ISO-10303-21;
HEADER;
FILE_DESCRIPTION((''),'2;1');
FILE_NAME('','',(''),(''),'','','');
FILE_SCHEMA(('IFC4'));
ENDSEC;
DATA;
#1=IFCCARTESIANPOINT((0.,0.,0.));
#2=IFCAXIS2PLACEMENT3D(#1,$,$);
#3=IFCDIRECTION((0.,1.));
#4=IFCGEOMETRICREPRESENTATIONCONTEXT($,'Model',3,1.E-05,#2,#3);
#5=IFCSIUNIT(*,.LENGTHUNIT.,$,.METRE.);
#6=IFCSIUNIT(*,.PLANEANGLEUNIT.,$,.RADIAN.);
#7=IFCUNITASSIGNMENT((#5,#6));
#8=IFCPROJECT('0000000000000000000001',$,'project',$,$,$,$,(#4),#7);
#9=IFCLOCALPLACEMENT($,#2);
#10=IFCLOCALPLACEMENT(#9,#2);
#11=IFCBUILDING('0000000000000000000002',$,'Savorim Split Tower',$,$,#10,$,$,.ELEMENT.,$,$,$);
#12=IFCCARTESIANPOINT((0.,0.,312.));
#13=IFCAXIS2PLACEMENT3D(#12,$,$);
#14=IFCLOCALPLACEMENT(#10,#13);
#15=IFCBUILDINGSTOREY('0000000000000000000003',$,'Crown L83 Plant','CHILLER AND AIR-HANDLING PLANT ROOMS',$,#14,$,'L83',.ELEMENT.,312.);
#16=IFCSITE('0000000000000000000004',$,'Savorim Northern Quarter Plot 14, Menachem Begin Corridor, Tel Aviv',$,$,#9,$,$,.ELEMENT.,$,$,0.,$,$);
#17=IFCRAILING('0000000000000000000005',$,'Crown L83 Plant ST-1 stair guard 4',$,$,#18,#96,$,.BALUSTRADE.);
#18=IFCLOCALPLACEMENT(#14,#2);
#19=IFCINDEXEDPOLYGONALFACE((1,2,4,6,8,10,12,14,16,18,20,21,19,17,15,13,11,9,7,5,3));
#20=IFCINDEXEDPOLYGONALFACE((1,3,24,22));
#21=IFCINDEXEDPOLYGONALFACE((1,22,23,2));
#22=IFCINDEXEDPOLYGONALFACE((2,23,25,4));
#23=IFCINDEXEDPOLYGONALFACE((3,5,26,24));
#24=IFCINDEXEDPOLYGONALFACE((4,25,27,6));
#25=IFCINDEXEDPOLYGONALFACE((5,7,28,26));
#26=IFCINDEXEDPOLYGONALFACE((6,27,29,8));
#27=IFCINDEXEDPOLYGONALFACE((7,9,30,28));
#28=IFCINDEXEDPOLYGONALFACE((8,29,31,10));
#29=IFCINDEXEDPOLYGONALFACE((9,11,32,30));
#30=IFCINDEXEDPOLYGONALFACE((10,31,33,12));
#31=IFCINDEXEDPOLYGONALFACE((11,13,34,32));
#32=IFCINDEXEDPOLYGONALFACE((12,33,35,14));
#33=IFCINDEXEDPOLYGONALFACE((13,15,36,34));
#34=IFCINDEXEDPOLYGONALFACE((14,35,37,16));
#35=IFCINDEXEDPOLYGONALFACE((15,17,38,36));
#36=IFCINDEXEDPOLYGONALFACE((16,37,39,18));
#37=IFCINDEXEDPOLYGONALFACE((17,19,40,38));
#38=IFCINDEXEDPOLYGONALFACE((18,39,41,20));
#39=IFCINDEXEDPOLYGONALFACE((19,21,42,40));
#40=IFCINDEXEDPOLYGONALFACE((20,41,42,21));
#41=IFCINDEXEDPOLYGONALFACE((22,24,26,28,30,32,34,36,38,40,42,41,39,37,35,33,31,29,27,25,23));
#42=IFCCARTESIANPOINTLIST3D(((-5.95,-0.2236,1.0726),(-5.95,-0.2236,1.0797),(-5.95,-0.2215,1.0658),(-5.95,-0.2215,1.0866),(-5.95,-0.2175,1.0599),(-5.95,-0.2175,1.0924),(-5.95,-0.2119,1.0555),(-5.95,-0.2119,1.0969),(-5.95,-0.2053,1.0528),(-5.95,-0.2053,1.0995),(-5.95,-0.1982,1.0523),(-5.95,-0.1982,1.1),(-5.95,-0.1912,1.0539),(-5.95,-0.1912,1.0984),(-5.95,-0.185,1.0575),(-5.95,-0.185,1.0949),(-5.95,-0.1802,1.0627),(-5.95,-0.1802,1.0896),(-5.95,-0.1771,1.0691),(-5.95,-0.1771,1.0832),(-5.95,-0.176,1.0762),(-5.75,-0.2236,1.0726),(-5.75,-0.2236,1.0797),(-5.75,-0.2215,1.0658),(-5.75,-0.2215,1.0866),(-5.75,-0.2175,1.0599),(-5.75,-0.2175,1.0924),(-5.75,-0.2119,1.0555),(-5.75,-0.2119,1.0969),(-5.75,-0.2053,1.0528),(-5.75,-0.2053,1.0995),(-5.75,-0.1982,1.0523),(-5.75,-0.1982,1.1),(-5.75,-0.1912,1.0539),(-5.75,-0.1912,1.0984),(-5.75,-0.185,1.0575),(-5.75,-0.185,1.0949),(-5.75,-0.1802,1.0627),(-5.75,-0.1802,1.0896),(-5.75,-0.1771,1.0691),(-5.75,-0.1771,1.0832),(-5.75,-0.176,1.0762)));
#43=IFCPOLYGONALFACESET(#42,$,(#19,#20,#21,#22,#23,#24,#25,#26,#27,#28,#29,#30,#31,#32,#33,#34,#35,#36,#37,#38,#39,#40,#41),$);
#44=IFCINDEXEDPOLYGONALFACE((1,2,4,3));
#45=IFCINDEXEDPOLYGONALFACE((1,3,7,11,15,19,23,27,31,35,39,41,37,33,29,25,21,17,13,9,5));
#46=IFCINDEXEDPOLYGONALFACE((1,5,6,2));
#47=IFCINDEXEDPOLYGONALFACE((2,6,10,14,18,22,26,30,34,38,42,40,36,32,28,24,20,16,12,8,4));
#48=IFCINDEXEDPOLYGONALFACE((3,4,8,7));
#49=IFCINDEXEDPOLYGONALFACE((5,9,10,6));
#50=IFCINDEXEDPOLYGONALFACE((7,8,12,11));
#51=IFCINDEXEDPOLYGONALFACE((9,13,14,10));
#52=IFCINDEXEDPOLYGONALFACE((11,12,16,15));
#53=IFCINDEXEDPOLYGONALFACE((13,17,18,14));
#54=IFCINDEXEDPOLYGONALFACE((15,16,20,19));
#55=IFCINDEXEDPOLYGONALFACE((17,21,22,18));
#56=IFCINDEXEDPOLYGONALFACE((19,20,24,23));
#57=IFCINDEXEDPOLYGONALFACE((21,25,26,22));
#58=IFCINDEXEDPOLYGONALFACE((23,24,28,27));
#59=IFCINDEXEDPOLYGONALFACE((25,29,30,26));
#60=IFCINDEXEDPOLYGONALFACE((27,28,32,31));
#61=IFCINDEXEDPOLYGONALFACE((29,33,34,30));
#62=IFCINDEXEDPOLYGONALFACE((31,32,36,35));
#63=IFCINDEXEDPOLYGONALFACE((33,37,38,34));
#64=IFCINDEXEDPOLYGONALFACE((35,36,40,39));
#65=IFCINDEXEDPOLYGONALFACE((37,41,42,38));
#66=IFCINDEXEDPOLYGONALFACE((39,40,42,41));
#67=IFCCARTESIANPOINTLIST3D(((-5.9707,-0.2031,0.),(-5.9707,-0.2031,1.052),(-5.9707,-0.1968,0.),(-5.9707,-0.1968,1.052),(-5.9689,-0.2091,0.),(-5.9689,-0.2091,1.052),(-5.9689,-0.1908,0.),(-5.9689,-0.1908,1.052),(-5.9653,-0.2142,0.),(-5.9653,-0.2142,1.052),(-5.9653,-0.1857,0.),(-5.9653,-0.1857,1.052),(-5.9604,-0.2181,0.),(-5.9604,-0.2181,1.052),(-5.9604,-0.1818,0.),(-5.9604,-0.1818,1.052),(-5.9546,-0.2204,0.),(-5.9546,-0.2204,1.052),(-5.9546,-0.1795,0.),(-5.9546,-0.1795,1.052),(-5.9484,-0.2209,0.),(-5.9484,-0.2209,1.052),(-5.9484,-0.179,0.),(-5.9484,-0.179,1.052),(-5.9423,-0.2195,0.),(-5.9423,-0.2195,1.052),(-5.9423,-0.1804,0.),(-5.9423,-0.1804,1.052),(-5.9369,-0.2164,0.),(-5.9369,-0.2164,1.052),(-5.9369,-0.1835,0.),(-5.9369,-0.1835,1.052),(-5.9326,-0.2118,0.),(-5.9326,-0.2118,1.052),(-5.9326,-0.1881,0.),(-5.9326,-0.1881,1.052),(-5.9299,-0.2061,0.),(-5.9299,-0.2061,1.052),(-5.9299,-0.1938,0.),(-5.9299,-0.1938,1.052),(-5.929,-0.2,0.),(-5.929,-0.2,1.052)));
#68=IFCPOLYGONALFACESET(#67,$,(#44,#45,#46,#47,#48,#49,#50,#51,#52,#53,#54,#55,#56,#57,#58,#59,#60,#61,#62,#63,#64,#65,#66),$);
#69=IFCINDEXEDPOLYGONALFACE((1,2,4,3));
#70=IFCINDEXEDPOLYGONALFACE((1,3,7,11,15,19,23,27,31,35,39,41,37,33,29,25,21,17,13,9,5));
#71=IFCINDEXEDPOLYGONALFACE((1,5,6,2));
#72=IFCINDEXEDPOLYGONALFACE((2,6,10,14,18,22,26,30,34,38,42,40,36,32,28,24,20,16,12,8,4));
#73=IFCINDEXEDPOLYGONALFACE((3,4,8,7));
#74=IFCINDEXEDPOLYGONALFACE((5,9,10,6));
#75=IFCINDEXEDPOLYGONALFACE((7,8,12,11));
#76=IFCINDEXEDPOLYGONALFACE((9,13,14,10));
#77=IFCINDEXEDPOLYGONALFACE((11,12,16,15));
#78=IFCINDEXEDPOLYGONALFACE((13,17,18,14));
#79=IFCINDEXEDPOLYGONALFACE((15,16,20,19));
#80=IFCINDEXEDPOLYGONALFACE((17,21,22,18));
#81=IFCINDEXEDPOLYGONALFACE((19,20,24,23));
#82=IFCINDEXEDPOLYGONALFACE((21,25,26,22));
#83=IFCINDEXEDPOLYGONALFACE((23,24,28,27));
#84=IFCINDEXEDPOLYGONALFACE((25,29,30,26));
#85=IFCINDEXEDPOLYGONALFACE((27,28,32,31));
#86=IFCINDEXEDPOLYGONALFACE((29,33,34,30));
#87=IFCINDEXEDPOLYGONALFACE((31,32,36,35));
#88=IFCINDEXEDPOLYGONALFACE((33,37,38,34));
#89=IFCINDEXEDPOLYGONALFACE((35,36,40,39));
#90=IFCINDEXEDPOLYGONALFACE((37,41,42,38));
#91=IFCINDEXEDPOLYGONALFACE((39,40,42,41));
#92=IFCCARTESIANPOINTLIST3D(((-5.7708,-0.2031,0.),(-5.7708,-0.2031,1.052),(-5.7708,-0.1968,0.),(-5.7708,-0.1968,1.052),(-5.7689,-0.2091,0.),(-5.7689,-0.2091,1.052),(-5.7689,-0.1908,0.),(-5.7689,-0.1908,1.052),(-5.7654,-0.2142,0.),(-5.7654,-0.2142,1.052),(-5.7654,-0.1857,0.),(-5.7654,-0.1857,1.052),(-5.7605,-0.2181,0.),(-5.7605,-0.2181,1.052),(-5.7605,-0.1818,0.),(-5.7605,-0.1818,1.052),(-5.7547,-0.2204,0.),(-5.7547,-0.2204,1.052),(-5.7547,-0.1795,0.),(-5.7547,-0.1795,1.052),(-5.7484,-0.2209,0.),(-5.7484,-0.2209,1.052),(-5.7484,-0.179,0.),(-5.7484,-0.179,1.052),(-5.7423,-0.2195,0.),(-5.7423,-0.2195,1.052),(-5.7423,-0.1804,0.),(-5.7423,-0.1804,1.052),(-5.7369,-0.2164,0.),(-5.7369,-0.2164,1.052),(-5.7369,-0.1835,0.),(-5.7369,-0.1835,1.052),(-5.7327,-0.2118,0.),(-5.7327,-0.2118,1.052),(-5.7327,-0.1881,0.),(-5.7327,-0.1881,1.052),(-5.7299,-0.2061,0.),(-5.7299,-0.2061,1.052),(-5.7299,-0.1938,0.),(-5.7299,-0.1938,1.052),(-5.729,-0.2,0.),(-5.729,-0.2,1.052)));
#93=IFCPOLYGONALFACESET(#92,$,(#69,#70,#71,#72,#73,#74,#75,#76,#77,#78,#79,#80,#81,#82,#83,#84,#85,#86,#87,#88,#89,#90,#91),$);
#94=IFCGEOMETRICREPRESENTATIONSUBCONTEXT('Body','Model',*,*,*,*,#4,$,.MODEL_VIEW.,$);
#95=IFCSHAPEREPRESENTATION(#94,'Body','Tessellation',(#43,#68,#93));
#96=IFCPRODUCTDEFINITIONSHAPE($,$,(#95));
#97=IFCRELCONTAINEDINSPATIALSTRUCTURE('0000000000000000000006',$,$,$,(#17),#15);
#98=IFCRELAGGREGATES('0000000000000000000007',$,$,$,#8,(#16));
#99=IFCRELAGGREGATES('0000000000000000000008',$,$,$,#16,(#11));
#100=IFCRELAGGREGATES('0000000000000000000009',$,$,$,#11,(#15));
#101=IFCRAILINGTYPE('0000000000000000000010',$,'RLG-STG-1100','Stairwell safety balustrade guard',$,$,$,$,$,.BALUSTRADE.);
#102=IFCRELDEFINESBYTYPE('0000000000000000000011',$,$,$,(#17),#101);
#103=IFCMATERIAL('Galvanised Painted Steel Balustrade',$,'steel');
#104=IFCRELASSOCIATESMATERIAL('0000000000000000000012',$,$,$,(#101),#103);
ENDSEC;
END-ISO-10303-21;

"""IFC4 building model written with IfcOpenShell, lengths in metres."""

from ifc_helpers import new_model, si_unit, direction, frame, origin, origin_2d, place, context, subcontext, project, spatial, circle, extrude, material, type_object, element, save


model = new_model("IFC4")

# Units and contexts
model_context = context("Model", 3, precision=1e-05, world=origin(), true_north=direction((0.0, 1.0)))
body_context = subcontext(model_context, "Body", "Model", "MODEL_VIEW")
ifc_project = project(units=[si_unit("LENGTHUNIT", "METRE"), si_unit("PLANEANGLEUNIT", "RADIAN")], contexts=[model_context])

# Site, building, storey
site_placement = place(None, origin())
site = spatial("IfcSite", under=ifc_project, at=site_placement, Name="Savorim Northern Quarter Plot 14, Menachem Begin Corridor, Tel Aviv", CompositionType="ELEMENT", RefElevation=0.0)
building_placement = place(site_placement, origin())
building = spatial("IfcBuilding", under=site, at=building_placement, Name="Savorim Split Tower", CompositionType="ELEMENT")
storey_placement = place(building_placement, frame((0.0, 0.0, 312.0)))
storey = spatial("IfcBuildingStorey", under=building, at=storey_placement, Name="Crown L83 Plant", Description="CHILLER AND AIR-HANDLING PLANT ROOMS", LongName="L83", CompositionType="ELEMENT", Elevation=312.0)

# Railing
ifc_material_1 = material(Name="Galvanised Painted Steel Balustrade", Category="steel")
railing_type_1 = type_object("IfcRailingType", Name="RLG-STG-1100", Description="Stairwell safety balustrade guard", PredefinedType="BALUSTRADE", material=ifc_material_1)
railing_1_placement = place(storey_placement, frame((-5.95, -0.2, 0.0)))
element("IfcRailing", 1, at=railing_1_placement, inside=storey, type_object=railing_type_1, Name="Crown L83 Plant ST-1 stair guard 4", PredefinedType="BALUSTRADE", context=body_context, shape_type="SweptSolid", body=[
    extrude(circle(Radius=0.0239, at=origin_2d()), frame((0.0, 0.0, 1.0762), z_axis=(1.0, 0.0, 0.0), x_axis=(0.0, 1.0, 0.0)), (0.0, 0.0, 1.0), 0.2),
    extrude(circle(Radius=0.021, at=origin_2d()), origin(), (0.0, 0.0, 1.0), 1.052),
    extrude(circle(Radius=0.021, at=origin_2d()), frame((0.2, 0.0, 0.0)), (0.0, 0.0, 1.0), 1.052),
])

save(model, "model.ifc")
